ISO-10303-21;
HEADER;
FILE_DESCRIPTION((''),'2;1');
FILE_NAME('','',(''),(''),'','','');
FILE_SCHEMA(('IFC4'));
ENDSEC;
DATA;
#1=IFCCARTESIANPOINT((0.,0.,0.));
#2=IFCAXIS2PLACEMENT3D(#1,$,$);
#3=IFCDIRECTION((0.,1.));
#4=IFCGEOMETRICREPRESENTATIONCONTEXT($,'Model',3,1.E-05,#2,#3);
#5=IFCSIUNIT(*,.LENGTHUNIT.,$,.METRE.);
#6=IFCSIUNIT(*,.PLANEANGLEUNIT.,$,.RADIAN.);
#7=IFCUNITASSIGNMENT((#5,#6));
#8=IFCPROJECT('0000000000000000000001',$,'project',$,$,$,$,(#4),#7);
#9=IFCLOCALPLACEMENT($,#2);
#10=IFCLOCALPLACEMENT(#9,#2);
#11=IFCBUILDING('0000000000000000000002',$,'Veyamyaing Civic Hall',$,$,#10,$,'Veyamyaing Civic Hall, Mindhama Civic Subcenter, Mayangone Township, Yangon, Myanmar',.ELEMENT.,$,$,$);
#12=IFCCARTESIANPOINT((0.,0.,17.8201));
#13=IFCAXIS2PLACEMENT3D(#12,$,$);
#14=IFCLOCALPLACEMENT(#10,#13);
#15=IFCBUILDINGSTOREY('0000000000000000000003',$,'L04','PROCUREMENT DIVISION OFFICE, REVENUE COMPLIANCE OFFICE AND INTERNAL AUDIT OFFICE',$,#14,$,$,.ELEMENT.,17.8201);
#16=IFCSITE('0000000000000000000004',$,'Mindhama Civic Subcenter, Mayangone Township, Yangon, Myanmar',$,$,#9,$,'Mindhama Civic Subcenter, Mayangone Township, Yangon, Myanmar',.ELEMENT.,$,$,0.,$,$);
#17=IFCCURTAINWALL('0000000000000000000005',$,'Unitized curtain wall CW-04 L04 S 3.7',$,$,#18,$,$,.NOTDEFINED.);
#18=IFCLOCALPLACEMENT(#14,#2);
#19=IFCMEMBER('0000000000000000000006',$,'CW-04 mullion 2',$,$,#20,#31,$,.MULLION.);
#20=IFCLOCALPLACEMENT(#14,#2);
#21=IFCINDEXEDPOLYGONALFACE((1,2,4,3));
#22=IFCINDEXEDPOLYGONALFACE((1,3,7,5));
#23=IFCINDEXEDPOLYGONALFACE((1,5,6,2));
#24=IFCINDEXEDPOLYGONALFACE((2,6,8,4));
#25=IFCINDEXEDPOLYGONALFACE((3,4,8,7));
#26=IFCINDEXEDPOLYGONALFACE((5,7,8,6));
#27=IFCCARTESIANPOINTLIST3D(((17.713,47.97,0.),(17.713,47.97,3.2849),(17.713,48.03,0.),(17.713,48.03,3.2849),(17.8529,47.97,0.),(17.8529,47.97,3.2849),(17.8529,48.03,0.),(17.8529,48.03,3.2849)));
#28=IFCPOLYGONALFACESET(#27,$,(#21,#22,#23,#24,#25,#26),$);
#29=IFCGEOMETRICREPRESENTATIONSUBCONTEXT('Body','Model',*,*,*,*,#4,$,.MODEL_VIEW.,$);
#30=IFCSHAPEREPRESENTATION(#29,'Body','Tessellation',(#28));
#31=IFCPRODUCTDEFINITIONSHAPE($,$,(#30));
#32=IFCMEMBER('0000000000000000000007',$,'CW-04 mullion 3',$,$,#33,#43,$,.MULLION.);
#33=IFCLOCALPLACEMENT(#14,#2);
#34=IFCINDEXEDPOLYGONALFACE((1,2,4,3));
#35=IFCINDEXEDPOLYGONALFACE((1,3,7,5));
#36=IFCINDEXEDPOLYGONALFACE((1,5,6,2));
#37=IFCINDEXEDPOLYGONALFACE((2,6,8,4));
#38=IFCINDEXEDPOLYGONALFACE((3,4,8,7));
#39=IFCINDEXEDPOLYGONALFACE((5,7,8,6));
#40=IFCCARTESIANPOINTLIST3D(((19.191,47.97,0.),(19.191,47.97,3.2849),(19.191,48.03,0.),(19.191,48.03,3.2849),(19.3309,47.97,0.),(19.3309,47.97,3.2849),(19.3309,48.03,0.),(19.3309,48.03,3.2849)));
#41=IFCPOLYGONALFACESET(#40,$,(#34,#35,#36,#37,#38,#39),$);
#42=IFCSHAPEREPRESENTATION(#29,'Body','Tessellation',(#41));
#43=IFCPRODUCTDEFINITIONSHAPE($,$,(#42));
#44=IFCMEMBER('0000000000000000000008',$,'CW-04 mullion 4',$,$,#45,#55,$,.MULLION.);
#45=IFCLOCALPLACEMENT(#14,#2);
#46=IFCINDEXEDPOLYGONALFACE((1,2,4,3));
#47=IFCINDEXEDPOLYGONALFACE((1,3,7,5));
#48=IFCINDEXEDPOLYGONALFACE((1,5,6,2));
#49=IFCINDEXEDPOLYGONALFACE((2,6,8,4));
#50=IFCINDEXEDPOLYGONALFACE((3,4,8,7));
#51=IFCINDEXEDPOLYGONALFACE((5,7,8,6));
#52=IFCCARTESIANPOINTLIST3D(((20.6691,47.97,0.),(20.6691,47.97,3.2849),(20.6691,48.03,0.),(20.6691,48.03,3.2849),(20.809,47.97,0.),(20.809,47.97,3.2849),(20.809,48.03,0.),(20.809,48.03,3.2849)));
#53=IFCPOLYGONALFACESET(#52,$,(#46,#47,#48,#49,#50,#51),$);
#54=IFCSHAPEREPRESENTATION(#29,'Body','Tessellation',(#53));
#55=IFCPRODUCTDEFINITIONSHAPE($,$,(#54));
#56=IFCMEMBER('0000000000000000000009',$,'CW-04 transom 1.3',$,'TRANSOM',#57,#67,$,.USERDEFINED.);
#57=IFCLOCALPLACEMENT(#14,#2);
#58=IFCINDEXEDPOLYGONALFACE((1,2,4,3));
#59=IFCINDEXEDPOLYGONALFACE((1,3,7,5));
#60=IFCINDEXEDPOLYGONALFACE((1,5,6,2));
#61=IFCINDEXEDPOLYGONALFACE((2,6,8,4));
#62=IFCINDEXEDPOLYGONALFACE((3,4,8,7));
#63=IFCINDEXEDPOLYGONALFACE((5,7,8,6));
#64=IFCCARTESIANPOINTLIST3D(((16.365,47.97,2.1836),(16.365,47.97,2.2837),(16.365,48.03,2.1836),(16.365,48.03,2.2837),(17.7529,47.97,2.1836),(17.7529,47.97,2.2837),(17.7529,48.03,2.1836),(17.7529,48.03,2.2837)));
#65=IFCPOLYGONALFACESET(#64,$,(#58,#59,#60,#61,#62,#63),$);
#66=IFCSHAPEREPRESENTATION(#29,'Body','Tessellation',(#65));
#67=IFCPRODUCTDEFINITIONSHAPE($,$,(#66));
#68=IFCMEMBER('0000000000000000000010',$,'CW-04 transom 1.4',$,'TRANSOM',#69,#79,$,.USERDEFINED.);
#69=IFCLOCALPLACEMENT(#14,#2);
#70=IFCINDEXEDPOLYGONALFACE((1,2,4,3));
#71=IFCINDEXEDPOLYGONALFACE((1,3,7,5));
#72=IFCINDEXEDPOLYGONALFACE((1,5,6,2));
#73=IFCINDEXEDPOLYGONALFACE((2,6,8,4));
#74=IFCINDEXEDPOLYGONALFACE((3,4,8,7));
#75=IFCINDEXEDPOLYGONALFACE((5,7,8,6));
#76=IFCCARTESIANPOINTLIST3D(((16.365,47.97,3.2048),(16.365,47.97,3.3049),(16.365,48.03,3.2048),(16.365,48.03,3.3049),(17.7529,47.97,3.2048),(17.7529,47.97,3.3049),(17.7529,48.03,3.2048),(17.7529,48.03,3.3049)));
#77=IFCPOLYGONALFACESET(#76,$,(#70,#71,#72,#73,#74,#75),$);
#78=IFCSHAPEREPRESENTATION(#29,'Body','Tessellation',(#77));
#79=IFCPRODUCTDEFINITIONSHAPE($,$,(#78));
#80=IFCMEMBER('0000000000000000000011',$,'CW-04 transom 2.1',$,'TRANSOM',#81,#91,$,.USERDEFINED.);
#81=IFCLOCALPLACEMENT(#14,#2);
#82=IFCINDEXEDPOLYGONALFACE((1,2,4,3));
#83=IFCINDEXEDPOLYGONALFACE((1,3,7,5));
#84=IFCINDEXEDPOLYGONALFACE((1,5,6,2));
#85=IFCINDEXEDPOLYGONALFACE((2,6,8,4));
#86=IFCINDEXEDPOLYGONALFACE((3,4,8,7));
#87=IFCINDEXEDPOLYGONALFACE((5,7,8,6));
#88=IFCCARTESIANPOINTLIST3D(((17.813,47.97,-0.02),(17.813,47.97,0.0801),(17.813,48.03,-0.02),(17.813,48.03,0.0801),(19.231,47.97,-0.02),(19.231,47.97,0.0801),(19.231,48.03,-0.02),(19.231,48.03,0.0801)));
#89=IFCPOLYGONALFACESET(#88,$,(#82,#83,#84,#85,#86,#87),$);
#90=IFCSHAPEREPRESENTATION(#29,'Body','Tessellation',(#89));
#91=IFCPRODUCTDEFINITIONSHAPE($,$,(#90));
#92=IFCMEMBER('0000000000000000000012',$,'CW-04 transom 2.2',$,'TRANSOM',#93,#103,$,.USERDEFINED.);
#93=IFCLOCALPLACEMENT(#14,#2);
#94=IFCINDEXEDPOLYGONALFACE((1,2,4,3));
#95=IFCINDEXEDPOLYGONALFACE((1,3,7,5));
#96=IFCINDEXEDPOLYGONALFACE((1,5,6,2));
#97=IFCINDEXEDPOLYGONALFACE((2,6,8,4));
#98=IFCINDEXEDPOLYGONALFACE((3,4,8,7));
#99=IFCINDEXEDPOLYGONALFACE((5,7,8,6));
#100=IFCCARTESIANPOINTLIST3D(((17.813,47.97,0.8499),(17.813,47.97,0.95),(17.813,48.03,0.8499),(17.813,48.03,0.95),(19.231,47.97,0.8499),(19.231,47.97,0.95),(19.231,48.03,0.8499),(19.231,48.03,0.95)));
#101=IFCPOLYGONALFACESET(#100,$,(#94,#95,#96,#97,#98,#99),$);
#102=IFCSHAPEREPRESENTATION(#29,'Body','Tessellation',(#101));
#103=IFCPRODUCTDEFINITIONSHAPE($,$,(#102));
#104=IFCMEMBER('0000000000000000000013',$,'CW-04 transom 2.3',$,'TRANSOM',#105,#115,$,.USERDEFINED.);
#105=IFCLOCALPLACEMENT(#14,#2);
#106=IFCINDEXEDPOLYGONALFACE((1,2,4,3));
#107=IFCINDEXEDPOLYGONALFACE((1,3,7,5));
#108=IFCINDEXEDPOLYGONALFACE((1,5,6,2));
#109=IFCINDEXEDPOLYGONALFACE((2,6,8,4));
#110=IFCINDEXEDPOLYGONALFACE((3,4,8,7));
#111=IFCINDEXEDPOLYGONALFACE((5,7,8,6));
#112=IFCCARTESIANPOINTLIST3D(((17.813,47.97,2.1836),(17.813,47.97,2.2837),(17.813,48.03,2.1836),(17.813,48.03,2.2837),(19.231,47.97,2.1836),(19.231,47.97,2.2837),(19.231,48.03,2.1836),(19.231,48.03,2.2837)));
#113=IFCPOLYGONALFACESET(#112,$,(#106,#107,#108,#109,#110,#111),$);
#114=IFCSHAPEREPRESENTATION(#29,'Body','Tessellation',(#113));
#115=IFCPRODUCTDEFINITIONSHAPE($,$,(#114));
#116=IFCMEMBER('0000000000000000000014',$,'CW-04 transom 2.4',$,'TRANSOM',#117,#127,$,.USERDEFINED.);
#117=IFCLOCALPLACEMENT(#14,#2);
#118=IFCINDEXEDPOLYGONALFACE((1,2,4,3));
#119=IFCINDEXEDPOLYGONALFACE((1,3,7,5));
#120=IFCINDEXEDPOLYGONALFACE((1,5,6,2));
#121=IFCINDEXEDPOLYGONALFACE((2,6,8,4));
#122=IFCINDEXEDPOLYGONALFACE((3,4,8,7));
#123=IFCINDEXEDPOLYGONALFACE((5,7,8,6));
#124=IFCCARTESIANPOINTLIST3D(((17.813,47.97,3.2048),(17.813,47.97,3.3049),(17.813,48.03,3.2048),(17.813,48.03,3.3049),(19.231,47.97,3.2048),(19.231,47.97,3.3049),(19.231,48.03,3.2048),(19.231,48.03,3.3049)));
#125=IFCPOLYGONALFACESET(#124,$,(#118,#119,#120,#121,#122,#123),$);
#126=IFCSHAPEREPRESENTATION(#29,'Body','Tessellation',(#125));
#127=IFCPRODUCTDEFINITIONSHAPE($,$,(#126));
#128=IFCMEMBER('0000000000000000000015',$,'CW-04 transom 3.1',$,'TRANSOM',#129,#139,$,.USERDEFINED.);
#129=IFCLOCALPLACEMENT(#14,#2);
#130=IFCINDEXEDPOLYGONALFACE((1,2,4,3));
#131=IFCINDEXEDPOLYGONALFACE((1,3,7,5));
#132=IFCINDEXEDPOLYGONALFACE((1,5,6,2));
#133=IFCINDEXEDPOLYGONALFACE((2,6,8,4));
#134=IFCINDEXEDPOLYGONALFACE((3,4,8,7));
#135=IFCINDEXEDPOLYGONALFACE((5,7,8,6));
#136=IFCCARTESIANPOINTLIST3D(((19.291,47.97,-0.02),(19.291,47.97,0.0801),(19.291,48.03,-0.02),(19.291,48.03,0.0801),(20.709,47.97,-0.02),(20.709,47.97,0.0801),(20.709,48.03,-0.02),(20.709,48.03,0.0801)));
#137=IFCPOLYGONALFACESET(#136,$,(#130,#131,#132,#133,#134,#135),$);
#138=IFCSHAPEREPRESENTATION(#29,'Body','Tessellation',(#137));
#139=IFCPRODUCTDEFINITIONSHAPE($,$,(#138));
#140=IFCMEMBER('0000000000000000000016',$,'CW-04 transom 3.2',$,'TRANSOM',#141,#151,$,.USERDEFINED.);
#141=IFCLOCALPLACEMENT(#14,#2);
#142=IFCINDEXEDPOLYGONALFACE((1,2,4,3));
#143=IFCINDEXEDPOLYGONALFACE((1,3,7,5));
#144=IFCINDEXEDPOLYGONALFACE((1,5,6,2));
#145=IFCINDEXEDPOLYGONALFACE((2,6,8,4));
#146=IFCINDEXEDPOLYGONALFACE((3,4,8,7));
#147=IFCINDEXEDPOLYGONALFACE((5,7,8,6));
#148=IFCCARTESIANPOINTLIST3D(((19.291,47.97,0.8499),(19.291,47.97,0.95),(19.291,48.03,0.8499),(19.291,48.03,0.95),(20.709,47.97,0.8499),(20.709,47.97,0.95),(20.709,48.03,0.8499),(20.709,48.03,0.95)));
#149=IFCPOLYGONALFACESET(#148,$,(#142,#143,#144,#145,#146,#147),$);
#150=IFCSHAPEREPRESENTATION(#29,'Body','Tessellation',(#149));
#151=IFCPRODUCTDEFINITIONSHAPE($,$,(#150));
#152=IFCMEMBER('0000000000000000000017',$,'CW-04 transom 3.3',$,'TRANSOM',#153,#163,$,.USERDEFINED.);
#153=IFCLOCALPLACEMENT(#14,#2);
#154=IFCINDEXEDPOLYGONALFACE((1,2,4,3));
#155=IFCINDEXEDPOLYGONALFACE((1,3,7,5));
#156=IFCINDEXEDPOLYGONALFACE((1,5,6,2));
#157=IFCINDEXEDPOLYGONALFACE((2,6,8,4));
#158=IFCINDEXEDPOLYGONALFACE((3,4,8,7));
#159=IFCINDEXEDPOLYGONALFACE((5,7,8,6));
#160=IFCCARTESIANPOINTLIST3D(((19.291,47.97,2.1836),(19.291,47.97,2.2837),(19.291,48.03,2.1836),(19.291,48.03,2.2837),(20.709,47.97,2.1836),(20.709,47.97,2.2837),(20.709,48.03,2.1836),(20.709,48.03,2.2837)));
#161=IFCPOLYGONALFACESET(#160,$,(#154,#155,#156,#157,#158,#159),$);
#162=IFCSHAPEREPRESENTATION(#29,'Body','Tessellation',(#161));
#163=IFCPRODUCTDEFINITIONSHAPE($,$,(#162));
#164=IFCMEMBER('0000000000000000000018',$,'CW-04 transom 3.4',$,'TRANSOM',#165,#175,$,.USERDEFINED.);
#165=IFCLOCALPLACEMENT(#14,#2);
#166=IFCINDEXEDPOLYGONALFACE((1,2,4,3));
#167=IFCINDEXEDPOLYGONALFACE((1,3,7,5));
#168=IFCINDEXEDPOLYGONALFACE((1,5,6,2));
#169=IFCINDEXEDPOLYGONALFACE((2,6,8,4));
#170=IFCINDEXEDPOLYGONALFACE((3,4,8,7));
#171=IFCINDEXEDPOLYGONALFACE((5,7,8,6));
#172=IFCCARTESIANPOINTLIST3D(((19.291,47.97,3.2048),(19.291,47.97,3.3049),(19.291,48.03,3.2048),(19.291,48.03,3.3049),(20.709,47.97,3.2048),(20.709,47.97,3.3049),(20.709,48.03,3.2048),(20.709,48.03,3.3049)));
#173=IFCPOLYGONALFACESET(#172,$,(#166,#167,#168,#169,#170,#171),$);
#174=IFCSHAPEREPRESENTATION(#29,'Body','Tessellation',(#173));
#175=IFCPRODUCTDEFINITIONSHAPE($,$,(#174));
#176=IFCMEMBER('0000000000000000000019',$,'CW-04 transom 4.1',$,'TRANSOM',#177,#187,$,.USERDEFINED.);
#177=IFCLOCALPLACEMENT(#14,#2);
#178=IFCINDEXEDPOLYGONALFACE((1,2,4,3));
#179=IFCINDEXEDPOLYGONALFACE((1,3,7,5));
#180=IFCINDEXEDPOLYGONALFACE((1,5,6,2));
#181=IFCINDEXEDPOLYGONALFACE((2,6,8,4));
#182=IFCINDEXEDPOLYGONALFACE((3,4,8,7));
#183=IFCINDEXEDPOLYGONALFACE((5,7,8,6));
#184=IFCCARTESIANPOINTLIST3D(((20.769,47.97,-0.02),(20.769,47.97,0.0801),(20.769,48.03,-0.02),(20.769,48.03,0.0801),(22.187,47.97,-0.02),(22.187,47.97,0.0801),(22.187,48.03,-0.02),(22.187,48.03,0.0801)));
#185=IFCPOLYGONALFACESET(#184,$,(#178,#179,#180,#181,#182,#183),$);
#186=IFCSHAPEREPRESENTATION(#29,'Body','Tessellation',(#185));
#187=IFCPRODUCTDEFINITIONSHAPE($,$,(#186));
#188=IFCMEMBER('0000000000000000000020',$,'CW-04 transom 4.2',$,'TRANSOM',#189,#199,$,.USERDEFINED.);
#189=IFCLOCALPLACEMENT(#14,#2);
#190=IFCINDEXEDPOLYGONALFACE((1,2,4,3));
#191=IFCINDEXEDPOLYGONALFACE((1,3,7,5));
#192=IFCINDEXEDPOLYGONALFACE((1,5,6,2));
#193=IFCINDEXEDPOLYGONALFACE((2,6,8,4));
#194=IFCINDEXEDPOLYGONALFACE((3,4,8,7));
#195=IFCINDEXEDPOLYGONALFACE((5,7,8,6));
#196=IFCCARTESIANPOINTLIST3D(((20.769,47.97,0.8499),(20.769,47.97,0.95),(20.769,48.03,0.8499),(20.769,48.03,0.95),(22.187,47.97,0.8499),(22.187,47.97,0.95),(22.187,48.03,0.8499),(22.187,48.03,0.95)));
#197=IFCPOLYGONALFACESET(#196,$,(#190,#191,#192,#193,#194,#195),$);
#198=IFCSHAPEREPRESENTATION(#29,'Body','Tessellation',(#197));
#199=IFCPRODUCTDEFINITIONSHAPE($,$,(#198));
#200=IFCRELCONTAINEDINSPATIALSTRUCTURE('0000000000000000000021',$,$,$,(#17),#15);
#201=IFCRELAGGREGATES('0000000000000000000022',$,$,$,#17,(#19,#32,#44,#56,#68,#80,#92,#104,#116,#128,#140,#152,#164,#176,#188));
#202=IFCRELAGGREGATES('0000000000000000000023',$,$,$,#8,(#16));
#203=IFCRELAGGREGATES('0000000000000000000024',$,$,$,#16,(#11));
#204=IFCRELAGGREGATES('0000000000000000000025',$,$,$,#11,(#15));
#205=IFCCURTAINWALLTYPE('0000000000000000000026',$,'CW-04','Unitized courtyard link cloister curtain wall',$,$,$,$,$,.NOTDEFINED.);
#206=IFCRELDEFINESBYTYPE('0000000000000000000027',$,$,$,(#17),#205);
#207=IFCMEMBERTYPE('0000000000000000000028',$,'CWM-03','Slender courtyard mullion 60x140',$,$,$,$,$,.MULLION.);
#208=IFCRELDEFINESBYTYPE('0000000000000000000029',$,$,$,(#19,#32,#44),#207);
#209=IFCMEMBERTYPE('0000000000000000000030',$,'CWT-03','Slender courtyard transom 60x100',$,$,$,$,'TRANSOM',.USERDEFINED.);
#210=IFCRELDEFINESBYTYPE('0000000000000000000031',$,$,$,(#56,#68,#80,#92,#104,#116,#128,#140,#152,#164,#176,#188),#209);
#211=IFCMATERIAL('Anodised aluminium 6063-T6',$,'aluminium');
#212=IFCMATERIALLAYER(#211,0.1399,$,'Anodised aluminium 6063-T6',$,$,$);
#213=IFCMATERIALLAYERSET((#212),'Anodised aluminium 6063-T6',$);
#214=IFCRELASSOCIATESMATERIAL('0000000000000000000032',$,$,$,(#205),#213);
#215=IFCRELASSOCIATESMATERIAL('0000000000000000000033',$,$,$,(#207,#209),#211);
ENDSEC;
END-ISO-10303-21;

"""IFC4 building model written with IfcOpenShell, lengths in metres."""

from ifc_helpers import new_model, si_unit, direction, frame, origin, origin_2d, place, context, subcontext, project, spatial, rectangle, extrude, material, layer, layer_set, material_profile, profile_set, type_object, element, aggregate, save


model = new_model("IFC4")

# Units and contexts
model_context = context("Model", 3, precision=1e-05, world=origin(), true_north=direction((0.0, 1.0)))
body_context = subcontext(model_context, "Body", "Model", "MODEL_VIEW")
ifc_project = project(units=[si_unit("LENGTHUNIT", "METRE"), si_unit("PLANEANGLEUNIT", "RADIAN")], contexts=[model_context])

# Site, building, storey
site_placement = place(None, origin())
site = spatial("IfcSite", under=ifc_project, at=site_placement, Name="Mindhama Civic Subcenter, Mayangone Township, Yangon, Myanmar", LongName="Mindhama Civic Subcenter, Mayangone Township, Yangon, Myanmar", CompositionType="ELEMENT", RefElevation=0.0)
building_placement = place(site_placement, origin())
building = spatial("IfcBuilding", under=site, at=building_placement, Name="Veyamyaing Civic Hall", LongName="Veyamyaing Civic Hall, Mindhama Civic Subcenter, Mayangone Township, Yangon, Myanmar", CompositionType="ELEMENT")
storey_placement = place(building_placement, frame((0.0, 0.0, 17.8201)))
storey = spatial("IfcBuildingStorey", under=building, at=storey_placement, Name="L04", Description="PROCUREMENT DIVISION OFFICE, REVENUE COMPLIANCE OFFICE AND INTERNAL AUDIT OFFICE", CompositionType="ELEMENT", Elevation=17.8201)

# Curtain wall, members
ifc_material_1 = material(Name="Anodised aluminium 6063-T6", Category="aluminium")
ifc_layer_1 = layer(ifc_material_1, 0.1399, Name="Anodised aluminium 6063-T6")
ifc_layer_set_1 = layer_set([ifc_layer_1], Name="Anodised aluminium 6063-T6")
curtain_wall_type = type_object("IfcCurtainWallType", Name="CW-04", Description="Unitized courtyard link cloister curtain wall", PredefinedType="NOTDEFINED", material=ifc_layer_set_1)
curtain_wall_placement = place(storey_placement, origin())
curtain_wall = element("IfcCurtainWall", 1, at=curtain_wall_placement, inside=storey, type_object=curtain_wall_type, Name="Unitized curtain wall CW-04 L04 S 3.7", PredefinedType="NOTDEFINED")
ifc_material_profile_1 = material_profile(ifc_material_1, rectangle(XDim=0.0601, YDim=0.1399, at=origin_2d()), Name="ALU-MUL-60X140")
ifc_profile_set_1 = profile_set([ifc_material_profile_1], Name="Anodised aluminium 6063-T6")
member_type_1 = type_object("IfcMemberType", Name="CWM-03", Description="Slender courtyard mullion 60x140", PredefinedType="MULLION", material=ifc_profile_set_1)
member_1_placement = place(storey_placement, frame((17.783, 48.0, 0.0), z_axis=(0.0, 0.0, 1.0), x_axis=(0.0, 1.0, 0.0)))
member_1 = element("IfcMember", 2, at=member_1_placement, type_object=member_type_1, Name="CW-04 mullion 2", PredefinedType="MULLION", context=body_context, shape_type="SweptSolid", body=[
    extrude(rectangle(XDim=0.0601, YDim=0.1399, at=origin_2d()), origin(), (0.0, 0.0, 1.0), 3.2849),
])
member_2_placement = place(storey_placement, frame((19.261, 48.0, 0.0), z_axis=(0.0, 0.0, 1.0), x_axis=(0.0, 1.0, 0.0)))
member_2 = element("IfcMember", 3, at=member_2_placement, type_object=member_type_1, Name="CW-04 mullion 3", PredefinedType="MULLION", context=body_context, shape_type="SweptSolid", body=[
    extrude(rectangle(XDim=0.0601, YDim=0.1399, at=origin_2d()), origin(), (0.0, 0.0, 1.0), 3.2849),
])
member_3_placement = place(storey_placement, frame((20.739, 48.0, 0.0), z_axis=(0.0, 0.0, 1.0), x_axis=(0.0, 1.0, 0.0)))
member_3 = element("IfcMember", 4, at=member_3_placement, type_object=member_type_1, Name="CW-04 mullion 4", PredefinedType="MULLION", context=body_context, shape_type="SweptSolid", body=[
    extrude(rectangle(XDim=0.0601, YDim=0.1399, at=origin_2d()), origin(), (0.0, 0.0, 1.0), 3.2849),
])
ifc_material_profile_2 = material_profile(ifc_material_1, rectangle(XDim=0.0601, YDim=0.1001, at=origin_2d()), Name="ALU-TRN-60X100")
ifc_profile_set_2 = profile_set([ifc_material_profile_2], Name="Anodised aluminium 6063-T6")
member_type_2 = type_object("IfcMemberType", Name="CWT-03", Description="Slender courtyard transom 60x100", ElementType="TRANSOM", PredefinedType="USERDEFINED", material=ifc_profile_set_2)
member_4_placement = place(storey_placement, frame((16.365, 48.0, 2.2336), z_axis=(1.0, 0.0, 0.0), x_axis=(0.0, 1.0, 0.0)))
member_4 = element("IfcMember", 5, at=member_4_placement, type_object=member_type_2, Name="CW-04 transom 1.3", ObjectType="TRANSOM", PredefinedType="USERDEFINED", context=body_context, shape_type="SweptSolid", body=[
    extrude(rectangle(XDim=0.0601, YDim=0.1001, at=origin_2d()), origin(), (0.0, 0.0, 1.0), 1.3879),
])
member_5_placement = place(storey_placement, frame((16.365, 48.0, 3.2549), z_axis=(1.0, 0.0, 0.0), x_axis=(0.0, 1.0, 0.0)))
member_5 = element("IfcMember", 6, at=member_5_placement, type_object=member_type_2, Name="CW-04 transom 1.4", ObjectType="TRANSOM", PredefinedType="USERDEFINED", context=body_context, shape_type="SweptSolid", body=[
    extrude(rectangle(XDim=0.0601, YDim=0.1001, at=origin_2d()), origin(), (0.0, 0.0, 1.0), 1.3879),
])
member_6_placement = place(storey_placement, frame((17.813, 48.0, 0.03), z_axis=(1.0, 0.0, 0.0), x_axis=(0.0, 1.0, 0.0)))
member_6 = element("IfcMember", 7, at=member_6_placement, type_object=member_type_2, Name="CW-04 transom 2.1", ObjectType="TRANSOM", PredefinedType="USERDEFINED", context=body_context, shape_type="SweptSolid", body=[
    extrude(rectangle(XDim=0.0601, YDim=0.1001, at=origin_2d()), origin(), (0.0, 0.0, 1.0), 1.418),
])
member_7_placement = place(storey_placement, frame((17.813, 48.0, 0.8999), z_axis=(1.0, 0.0, 0.0), x_axis=(0.0, 1.0, 0.0)))
member_7 = element("IfcMember", 8, at=member_7_placement, type_object=member_type_2, Name="CW-04 transom 2.2", ObjectType="TRANSOM", PredefinedType="USERDEFINED", context=body_context, shape_type="SweptSolid", body=[
    extrude(rectangle(XDim=0.0601, YDim=0.1001, at=origin_2d()), origin(), (0.0, 0.0, 1.0), 1.418),
])
member_8_placement = place(storey_placement, frame((17.813, 48.0, 2.2336), z_axis=(1.0, 0.0, 0.0), x_axis=(0.0, 1.0, 0.0)))
member_8 = element("IfcMember", 9, at=member_8_placement, type_object=member_type_2, Name="CW-04 transom 2.3", ObjectType="TRANSOM", PredefinedType="USERDEFINED", context=body_context, shape_type="SweptSolid", body=[
    extrude(rectangle(XDim=0.0601, YDim=0.1001, at=origin_2d()), origin(), (0.0, 0.0, 1.0), 1.418),
])
member_9_placement = place(storey_placement, frame((17.813, 48.0, 3.2549), z_axis=(1.0, 0.0, 0.0), x_axis=(0.0, 1.0, 0.0)))
member_9 = element("IfcMember", 10, at=member_9_placement, type_object=member_type_2, Name="CW-04 transom 2.4", ObjectType="TRANSOM", PredefinedType="USERDEFINED", context=body_context, shape_type="SweptSolid", body=[
    extrude(rectangle(XDim=0.0601, YDim=0.1001, at=origin_2d()), origin(), (0.0, 0.0, 1.0), 1.418),
])
member_10_placement = place(storey_placement, frame((19.291, 48.0, 0.03), z_axis=(1.0, 0.0, 0.0), x_axis=(0.0, 1.0, 0.0)))
member_10 = element("IfcMember", 11, at=member_10_placement, type_object=member_type_2, Name="CW-04 transom 3.1", ObjectType="TRANSOM", PredefinedType="USERDEFINED", context=body_context, shape_type="SweptSolid", body=[
    extrude(rectangle(XDim=0.0601, YDim=0.1001, at=origin_2d()), origin(), (0.0, 0.0, 1.0), 1.418),
])
member_11_placement = place(storey_placement, frame((19.291, 48.0, 0.8999), z_axis=(1.0, 0.0, 0.0), x_axis=(0.0, 1.0, 0.0)))
member_11 = element("IfcMember", 12, at=member_11_placement, type_object=member_type_2, Name="CW-04 transom 3.2", ObjectType="TRANSOM", PredefinedType="USERDEFINED", context=body_context, shape_type="SweptSolid", body=[
    extrude(rectangle(XDim=0.0601, YDim=0.1001, at=origin_2d()), origin(), (0.0, 0.0, 1.0), 1.418),
])
member_12_placement = place(storey_placement, frame((19.291, 48.0, 2.2336), z_axis=(1.0, 0.0, 0.0), x_axis=(0.0, 1.0, 0.0)))
member_12 = element("IfcMember", 13, at=member_12_placement, type_object=member_type_2, Name="CW-04 transom 3.3", ObjectType="TRANSOM", PredefinedType="USERDEFINED", context=body_context, shape_type="SweptSolid", body=[
    extrude(rectangle(XDim=0.0601, YDim=0.1001, at=origin_2d()), origin(), (0.0, 0.0, 1.0), 1.418),
])
member_13_placement = place(storey_placement, frame((19.291, 48.0, 3.2549), z_axis=(1.0, 0.0, 0.0), x_axis=(0.0, 1.0, 0.0)))
member_13 = element("IfcMember", 14, at=member_13_placement, type_object=member_type_2, Name="CW-04 transom 3.4", ObjectType="TRANSOM", PredefinedType="USERDEFINED", context=body_context, shape_type="SweptSolid", body=[
    extrude(rectangle(XDim=0.0601, YDim=0.1001, at=origin_2d()), origin(), (0.0, 0.0, 1.0), 1.418),
])
member_14_placement = place(storey_placement, frame((20.769, 48.0, 0.03), z_axis=(1.0, 0.0, 0.0), x_axis=(0.0, 1.0, 0.0)))
member_14 = element("IfcMember", 15, at=member_14_placement, type_object=member_type_2, Name="CW-04 transom 4.1", ObjectType="TRANSOM", PredefinedType="USERDEFINED", context=body_context, shape_type="SweptSolid", body=[
    extrude(rectangle(XDim=0.0601, YDim=0.1001, at=origin_2d()), origin(), (0.0, 0.0, 1.0), 1.418),
])
member_15_placement = place(storey_placement, frame((20.769, 48.0, 0.8999), z_axis=(1.0, 0.0, 0.0), x_axis=(0.0, 1.0, 0.0)))
member_15 = element("IfcMember", 16, at=member_15_placement, type_object=member_type_2, Name="CW-04 transom 4.2", ObjectType="TRANSOM", PredefinedType="USERDEFINED", context=body_context, shape_type="SweptSolid", body=[
    extrude(rectangle(XDim=0.0601, YDim=0.1001, at=origin_2d()), origin(), (0.0, 0.0, 1.0), 1.418),
])
aggregate(curtain_wall, [member_1, member_2, member_3, member_4, member_5, member_6, member_7, member_8, member_9, member_10, member_11, member_12, member_13, member_14, member_15])

save(model, "model.ifc")
